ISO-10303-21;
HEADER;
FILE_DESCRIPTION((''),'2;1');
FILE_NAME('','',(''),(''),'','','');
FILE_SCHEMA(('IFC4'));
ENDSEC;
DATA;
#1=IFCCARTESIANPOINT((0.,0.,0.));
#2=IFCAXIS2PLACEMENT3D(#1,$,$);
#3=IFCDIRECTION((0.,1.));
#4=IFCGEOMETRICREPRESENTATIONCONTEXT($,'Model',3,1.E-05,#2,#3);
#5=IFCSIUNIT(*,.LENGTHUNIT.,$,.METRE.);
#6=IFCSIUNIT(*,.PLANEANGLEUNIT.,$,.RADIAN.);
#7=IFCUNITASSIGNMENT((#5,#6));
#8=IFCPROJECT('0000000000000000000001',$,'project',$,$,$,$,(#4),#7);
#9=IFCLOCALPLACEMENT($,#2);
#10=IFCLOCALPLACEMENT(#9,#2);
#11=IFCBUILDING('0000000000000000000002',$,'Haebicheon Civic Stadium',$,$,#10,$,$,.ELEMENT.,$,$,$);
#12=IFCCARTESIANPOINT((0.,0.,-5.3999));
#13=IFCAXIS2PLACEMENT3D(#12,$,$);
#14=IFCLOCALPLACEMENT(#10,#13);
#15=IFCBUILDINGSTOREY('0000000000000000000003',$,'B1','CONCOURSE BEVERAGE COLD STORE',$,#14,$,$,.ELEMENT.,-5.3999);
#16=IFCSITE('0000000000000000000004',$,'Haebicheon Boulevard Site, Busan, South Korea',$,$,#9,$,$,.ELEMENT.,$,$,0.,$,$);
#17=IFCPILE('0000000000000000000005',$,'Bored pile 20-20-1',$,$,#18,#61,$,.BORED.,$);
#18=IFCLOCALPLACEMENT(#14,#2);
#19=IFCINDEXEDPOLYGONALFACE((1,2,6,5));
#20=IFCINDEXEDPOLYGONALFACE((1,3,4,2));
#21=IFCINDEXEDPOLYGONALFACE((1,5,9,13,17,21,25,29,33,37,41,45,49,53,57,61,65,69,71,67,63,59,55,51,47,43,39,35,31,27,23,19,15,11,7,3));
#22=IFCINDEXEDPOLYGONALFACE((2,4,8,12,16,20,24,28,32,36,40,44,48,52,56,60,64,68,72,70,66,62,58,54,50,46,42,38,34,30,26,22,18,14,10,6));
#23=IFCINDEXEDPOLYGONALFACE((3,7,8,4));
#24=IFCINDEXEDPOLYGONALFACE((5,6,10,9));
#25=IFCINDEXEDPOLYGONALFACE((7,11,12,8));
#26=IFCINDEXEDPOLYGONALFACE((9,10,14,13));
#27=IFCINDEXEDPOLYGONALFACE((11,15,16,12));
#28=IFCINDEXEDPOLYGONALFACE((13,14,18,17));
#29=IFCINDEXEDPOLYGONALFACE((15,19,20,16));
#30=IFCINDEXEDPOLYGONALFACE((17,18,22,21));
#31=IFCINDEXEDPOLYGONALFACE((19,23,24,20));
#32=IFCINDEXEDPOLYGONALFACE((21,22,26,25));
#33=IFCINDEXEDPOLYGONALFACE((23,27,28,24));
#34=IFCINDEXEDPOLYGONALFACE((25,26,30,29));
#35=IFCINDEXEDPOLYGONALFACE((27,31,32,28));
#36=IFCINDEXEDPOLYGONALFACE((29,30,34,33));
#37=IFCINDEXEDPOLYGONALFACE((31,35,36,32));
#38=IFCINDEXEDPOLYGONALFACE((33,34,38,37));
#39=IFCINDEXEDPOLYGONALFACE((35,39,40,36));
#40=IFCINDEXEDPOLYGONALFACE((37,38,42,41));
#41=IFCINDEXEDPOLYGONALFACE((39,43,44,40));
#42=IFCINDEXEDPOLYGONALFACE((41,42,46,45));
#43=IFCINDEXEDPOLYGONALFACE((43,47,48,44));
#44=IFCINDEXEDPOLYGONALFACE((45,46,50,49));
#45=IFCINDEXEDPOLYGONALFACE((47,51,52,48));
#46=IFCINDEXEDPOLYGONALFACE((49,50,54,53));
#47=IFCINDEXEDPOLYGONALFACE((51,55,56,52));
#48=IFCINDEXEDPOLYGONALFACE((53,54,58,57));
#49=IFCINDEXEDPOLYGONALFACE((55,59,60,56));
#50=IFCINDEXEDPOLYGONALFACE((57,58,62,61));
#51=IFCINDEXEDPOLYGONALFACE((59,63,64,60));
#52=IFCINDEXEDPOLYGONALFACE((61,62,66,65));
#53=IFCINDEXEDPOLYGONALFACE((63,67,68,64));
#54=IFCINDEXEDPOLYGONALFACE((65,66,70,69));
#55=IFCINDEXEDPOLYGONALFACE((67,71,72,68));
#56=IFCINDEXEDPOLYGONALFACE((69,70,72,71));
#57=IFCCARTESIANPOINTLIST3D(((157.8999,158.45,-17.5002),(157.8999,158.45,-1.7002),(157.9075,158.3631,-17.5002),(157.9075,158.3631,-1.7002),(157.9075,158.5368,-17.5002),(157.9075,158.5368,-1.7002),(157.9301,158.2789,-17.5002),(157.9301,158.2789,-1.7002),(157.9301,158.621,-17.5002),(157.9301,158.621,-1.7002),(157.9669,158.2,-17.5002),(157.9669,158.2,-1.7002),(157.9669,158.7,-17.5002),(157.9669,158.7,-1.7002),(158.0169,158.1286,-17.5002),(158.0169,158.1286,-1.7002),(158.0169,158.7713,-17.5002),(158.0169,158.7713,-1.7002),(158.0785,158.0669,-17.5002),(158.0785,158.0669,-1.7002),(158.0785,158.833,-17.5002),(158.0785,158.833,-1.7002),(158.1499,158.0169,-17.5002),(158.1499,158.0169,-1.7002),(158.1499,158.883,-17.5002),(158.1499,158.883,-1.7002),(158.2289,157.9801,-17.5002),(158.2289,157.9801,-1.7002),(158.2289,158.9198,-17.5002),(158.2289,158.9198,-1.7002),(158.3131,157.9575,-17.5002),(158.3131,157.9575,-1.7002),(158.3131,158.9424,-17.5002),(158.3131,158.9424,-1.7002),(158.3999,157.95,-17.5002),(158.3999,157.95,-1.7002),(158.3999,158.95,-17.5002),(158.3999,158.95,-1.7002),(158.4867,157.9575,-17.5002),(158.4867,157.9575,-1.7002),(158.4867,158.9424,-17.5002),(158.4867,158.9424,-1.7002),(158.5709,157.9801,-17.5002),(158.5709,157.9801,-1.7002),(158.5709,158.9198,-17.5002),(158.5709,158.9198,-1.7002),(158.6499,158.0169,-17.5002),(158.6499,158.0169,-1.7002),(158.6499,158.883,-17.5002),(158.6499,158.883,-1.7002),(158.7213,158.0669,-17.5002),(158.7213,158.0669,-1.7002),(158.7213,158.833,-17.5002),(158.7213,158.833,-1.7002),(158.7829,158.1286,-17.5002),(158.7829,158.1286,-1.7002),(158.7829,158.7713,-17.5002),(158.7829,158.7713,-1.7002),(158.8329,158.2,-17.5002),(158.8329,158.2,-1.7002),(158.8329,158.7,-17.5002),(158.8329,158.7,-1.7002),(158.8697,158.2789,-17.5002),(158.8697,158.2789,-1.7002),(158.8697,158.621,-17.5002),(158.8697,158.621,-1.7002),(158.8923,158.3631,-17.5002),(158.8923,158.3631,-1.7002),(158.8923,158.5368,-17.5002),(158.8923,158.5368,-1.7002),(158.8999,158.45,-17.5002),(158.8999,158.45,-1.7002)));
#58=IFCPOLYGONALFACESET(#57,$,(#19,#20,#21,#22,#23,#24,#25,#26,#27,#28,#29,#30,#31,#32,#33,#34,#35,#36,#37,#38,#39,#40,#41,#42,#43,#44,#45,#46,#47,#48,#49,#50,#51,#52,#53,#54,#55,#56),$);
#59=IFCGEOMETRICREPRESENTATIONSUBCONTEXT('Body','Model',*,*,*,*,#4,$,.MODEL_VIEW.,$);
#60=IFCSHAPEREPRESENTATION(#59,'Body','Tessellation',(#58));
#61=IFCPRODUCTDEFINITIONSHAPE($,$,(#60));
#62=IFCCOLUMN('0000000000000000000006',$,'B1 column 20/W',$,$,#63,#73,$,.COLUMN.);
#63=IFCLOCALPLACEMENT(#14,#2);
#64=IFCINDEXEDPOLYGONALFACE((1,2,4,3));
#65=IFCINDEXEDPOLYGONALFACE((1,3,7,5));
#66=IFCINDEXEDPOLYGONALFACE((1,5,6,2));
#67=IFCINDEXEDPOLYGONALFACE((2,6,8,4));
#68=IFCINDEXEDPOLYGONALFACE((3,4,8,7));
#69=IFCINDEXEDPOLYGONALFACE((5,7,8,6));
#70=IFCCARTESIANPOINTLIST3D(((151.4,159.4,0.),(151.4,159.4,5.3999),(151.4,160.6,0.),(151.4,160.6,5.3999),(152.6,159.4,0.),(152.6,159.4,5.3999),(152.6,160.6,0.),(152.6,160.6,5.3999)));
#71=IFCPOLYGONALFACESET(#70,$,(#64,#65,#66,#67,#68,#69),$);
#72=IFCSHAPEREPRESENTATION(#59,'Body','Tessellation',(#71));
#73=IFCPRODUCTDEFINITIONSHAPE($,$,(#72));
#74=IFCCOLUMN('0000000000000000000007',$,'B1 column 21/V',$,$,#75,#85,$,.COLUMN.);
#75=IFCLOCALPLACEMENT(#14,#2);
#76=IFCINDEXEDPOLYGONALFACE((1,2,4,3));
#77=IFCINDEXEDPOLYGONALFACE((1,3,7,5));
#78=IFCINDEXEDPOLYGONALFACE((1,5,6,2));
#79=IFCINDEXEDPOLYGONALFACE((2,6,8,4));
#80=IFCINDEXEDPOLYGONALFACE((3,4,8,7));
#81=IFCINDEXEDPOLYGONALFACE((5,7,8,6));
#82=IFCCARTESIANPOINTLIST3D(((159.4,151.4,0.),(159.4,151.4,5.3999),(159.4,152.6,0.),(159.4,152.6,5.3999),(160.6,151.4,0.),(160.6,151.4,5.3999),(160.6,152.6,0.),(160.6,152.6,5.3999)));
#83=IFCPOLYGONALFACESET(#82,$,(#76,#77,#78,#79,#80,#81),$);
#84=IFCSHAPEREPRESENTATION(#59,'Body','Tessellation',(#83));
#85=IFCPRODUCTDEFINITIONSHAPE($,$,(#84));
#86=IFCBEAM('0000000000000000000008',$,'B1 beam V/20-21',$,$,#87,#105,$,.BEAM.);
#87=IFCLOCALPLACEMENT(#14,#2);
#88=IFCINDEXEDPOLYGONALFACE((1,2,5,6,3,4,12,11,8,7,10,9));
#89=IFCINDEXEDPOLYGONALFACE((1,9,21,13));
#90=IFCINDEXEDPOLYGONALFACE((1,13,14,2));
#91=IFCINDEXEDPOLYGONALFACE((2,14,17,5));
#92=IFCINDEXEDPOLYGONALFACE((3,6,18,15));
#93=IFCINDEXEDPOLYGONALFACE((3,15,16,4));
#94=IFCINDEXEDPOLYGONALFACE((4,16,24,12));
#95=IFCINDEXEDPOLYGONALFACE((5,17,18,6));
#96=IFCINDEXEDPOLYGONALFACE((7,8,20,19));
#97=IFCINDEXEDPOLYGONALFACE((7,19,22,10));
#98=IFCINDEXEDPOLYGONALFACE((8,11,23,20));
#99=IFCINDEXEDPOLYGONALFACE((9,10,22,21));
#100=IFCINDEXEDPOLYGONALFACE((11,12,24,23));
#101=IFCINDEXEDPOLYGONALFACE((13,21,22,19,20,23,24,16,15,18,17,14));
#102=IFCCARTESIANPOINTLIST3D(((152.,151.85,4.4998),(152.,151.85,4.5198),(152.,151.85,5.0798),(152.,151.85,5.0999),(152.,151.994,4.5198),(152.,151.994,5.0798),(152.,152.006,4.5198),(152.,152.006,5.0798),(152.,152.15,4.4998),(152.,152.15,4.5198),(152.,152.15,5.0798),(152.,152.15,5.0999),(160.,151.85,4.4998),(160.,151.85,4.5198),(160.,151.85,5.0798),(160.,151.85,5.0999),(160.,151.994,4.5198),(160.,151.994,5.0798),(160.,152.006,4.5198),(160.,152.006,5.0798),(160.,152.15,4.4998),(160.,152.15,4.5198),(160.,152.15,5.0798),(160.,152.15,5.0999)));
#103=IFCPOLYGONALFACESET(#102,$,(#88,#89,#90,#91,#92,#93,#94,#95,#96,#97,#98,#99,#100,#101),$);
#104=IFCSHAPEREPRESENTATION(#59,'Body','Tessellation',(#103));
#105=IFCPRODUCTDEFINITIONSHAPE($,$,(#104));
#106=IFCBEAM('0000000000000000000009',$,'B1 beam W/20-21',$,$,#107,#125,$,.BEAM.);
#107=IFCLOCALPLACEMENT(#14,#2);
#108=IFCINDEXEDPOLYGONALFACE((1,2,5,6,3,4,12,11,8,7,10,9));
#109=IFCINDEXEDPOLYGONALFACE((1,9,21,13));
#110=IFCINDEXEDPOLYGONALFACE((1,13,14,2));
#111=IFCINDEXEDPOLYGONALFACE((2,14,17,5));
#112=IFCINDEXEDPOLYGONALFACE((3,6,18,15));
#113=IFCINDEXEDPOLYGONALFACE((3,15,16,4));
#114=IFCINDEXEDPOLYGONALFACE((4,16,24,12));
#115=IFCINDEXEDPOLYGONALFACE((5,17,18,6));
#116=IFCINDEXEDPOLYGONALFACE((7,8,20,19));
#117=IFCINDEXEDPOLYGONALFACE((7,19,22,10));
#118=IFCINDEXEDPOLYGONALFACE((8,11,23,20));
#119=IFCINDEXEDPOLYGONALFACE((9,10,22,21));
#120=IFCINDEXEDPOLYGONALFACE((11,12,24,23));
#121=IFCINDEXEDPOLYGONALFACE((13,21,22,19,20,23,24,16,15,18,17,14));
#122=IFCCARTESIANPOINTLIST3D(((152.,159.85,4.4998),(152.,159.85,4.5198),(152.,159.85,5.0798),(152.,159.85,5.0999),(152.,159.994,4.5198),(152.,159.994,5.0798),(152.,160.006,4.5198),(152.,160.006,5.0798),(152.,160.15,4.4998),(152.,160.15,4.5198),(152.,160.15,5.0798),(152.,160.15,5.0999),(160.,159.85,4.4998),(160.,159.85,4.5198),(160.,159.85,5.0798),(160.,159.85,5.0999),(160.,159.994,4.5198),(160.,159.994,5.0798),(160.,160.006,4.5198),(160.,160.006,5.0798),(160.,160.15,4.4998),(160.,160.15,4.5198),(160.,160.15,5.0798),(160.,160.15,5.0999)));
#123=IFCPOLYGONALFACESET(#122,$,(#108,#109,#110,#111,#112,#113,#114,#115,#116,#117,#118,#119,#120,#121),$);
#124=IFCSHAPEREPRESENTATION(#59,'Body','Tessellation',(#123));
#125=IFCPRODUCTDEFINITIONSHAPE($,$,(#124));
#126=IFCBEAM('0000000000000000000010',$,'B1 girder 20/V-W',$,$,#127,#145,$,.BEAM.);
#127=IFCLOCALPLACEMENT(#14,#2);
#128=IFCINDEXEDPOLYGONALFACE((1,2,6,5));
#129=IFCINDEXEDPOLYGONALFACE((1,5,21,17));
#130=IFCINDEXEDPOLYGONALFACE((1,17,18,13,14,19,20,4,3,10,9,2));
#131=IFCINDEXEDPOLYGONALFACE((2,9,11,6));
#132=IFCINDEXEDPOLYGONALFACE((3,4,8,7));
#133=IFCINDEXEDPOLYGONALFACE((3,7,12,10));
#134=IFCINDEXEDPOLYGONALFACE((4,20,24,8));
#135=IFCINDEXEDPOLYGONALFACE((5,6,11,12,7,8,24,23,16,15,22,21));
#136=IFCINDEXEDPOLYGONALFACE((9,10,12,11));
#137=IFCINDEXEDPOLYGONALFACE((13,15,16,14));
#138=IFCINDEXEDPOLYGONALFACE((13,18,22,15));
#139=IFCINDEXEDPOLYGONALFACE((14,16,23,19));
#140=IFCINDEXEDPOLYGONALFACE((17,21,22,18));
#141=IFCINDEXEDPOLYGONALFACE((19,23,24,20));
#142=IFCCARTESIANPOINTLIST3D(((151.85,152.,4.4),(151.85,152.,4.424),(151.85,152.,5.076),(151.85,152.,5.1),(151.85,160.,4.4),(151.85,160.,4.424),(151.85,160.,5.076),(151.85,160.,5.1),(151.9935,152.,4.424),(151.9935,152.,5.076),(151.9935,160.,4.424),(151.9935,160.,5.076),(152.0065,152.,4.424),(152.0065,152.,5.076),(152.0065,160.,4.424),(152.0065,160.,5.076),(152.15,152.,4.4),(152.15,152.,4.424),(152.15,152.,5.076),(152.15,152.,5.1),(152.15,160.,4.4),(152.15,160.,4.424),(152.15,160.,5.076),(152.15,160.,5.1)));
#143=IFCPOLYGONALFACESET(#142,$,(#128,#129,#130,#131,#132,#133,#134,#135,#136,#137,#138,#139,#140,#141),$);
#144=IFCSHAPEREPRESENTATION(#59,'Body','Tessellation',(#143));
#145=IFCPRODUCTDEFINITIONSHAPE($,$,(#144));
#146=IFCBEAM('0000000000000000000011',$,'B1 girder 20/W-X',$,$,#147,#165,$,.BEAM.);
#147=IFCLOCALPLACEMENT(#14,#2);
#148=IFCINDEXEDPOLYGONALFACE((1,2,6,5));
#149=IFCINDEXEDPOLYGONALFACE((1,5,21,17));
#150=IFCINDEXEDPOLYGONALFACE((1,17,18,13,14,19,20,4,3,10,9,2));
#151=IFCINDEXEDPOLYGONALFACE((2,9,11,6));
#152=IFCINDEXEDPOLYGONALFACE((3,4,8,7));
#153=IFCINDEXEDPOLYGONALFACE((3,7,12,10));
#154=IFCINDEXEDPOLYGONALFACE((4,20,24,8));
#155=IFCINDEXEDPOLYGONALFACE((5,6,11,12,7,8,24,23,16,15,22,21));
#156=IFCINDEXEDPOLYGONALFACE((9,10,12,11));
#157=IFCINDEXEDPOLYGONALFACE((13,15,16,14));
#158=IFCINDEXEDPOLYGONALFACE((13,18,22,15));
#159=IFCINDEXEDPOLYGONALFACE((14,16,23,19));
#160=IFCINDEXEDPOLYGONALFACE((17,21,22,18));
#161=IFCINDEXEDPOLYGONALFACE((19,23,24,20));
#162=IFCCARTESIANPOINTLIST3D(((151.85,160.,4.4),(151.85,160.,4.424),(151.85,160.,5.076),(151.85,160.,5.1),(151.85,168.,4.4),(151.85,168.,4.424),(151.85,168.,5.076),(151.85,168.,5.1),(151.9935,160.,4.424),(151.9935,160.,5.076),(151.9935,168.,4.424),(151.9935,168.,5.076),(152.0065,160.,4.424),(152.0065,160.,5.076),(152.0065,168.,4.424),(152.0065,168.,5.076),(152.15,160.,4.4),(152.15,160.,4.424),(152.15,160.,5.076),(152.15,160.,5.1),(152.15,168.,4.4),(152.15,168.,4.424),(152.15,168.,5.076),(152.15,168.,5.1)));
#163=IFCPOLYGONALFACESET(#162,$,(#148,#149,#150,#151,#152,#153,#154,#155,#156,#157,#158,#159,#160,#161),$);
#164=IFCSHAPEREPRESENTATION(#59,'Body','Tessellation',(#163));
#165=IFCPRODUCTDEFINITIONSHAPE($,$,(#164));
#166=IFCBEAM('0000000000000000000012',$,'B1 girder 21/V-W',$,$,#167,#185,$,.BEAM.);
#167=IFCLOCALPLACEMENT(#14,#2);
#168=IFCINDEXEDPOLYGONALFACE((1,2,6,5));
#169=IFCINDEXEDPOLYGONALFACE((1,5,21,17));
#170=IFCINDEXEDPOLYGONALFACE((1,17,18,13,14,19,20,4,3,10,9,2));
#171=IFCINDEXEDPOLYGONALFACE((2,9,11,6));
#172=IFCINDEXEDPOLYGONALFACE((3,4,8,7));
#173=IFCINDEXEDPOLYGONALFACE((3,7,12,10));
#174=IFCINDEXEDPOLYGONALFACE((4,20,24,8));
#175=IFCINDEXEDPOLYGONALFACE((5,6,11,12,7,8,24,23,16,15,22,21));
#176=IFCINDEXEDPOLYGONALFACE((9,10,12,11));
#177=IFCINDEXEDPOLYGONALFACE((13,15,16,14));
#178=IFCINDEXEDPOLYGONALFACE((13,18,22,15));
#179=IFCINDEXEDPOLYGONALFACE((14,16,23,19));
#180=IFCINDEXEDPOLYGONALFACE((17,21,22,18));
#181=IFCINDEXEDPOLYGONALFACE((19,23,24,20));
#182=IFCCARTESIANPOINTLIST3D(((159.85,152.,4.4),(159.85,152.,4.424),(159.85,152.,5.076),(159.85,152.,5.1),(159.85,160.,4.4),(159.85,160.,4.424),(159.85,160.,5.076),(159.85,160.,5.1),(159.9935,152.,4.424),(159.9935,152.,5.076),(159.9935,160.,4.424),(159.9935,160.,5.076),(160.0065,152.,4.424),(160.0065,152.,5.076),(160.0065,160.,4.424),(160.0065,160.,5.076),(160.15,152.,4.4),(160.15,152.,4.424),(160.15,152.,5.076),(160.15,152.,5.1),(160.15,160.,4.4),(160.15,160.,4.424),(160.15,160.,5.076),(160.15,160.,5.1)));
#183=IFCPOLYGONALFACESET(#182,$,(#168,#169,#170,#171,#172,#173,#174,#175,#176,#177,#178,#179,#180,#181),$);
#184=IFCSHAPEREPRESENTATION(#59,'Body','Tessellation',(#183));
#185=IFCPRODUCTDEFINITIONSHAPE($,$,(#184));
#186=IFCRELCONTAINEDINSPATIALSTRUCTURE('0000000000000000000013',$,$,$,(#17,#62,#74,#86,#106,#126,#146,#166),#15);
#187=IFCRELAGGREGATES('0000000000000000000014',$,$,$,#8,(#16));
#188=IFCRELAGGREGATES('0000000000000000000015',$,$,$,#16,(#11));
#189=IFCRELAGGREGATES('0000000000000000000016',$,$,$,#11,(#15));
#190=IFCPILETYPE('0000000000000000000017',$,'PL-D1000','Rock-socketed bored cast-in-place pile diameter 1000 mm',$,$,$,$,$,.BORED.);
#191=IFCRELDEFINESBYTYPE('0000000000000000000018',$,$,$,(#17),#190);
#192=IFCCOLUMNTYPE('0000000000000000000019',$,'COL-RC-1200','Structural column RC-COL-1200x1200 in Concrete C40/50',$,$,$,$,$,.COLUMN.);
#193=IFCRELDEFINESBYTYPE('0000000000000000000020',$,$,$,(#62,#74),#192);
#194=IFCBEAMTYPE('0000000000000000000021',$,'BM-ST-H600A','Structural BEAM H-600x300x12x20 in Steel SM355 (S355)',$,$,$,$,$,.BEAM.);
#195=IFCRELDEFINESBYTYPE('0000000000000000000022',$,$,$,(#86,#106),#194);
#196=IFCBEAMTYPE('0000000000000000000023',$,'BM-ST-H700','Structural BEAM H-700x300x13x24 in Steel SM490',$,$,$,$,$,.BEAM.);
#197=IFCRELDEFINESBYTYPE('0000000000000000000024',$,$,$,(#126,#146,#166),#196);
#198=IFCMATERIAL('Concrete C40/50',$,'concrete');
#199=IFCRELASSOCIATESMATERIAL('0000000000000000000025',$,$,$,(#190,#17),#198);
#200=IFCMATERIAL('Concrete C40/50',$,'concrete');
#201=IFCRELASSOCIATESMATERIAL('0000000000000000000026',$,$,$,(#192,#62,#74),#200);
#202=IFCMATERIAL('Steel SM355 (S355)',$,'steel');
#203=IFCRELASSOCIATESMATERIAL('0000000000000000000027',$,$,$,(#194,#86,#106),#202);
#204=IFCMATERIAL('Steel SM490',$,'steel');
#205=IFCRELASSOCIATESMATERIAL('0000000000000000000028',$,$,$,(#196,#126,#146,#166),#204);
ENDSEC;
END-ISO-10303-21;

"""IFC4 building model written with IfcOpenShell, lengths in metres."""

from ifc_helpers import new_model, si_unit, direction, frame, origin, origin_2d, place, context, subcontext, project, spatial, rectangle, circle, i_section, extrude, material, material_profile, profile_set, type_object, element, save


model = new_model("IFC4")

# Units and contexts
model_context = context("Model", 3, precision=1e-05, world=origin(), true_north=direction((0.0, 1.0)))
body_context = subcontext(model_context, "Body", "Model", "MODEL_VIEW")
ifc_project = project(units=[si_unit("LENGTHUNIT", "METRE"), si_unit("PLANEANGLEUNIT", "RADIAN")], contexts=[model_context])

# Site, building, storey
site_placement = place(None, origin())
site = spatial("IfcSite", under=ifc_project, at=site_placement, Name="Haebicheon Boulevard Site, Busan, South Korea", CompositionType="ELEMENT", RefElevation=0.0)
building_placement = place(site_placement, origin())
building = spatial("IfcBuilding", under=site, at=building_placement, Name="Haebicheon Civic Stadium", CompositionType="ELEMENT")
storey_placement = place(building_placement, frame((0.0, 0.0, -5.3999)))
storey = spatial("IfcBuildingStorey", under=building, at=storey_placement, Name="B1", Description="CONCOURSE BEVERAGE COLD STORE", CompositionType="ELEMENT", Elevation=-5.3999)

# Pile
ifc_material_1 = material(Name="Concrete C40/50", Category="concrete")
ifc_material_profile_1 = material_profile(ifc_material_1, circle(Radius=0.5, at=origin_2d()), Name="PILE-D1000")
ifc_profile_set_1 = profile_set([ifc_material_profile_1], Name="Concrete C40/50")
pile_type = type_object("IfcPileType", Name="PL-D1000", Description="Rock-socketed bored cast-in-place pile diameter 1000 mm", PredefinedType="BORED", material=ifc_profile_set_1)
for number, where, z_axis, x_axis, name in (
    (1, (158.3999, 158.45, -1.7002), (0.0, 0.0, -1.0), (1.0, 0.0, 0.0), "Bored pile 20-20-1"),
):
    element("IfcPile", number, at=place(storey_placement, frame(where, z_axis=z_axis, x_axis=x_axis)), inside=storey, type_object=pile_type, material=ifc_profile_set_1, Name=name, PredefinedType="BORED", context=body_context, shape_type="SweptSolid", body=[
        extrude(circle(Radius=0.5, at=origin_2d()), origin(), (0.0, 0.0, 1.0), 15.8),
    ])

# Columns
ifc_material_2 = material(Name="Concrete C40/50", Category="concrete")
ifc_material_profile_2 = material_profile(ifc_material_2, rectangle(XDim=1.2, YDim=1.2, at=origin_2d()), Name="RC-COL-1200x1200")
ifc_profile_set_2 = profile_set([ifc_material_profile_2], Name="Concrete C40/50")
column_type = type_object("IfcColumnType", Name="COL-RC-1200", Description="Structural column RC-COL-1200x1200 in Concrete C40/50", PredefinedType="COLUMN", material=ifc_profile_set_2)
for number, where, z_axis, x_axis, name in (
    (2, (152.0, 160.0, 0.0), (0.0, 0.0, 1.0), (1.0, 0.0, 0.0), "B1 column 20/W"),
    (3, (160.0, 152.0, 0.0), (0.0, 0.0, 1.0), (1.0, 0.0, 0.0), "B1 column 21/V"),
):
    element("IfcColumn", number, at=place(storey_placement, frame(where, z_axis=z_axis, x_axis=x_axis)), inside=storey, type_object=column_type, material=ifc_profile_set_2, Name=name, PredefinedType="COLUMN", context=body_context, shape_type="SweptSolid", body=[
        extrude(rectangle(XDim=1.2, YDim=1.2, at=origin_2d()), origin(), (0.0, 0.0, 1.0), 5.3999),
    ])

# Beams
ifc_material_3 = material(Name="Steel SM355 (S355)", Category="steel")
ifc_material_profile_3 = material_profile(ifc_material_3, i_section(OverallWidth=0.3, OverallDepth=0.6001, WebThickness=0.012, FlangeThickness=0.02, at=origin_2d()), Name="H-600x300x12x20")
ifc_profile_set_3 = profile_set([ifc_material_profile_3], Name="Steel SM355 (S355)")
beam_type_1 = type_object("IfcBeamType", Name="BM-ST-H600A", Description="Structural BEAM H-600x300x12x20 in Steel SM355 (S355)", PredefinedType="BEAM", material=ifc_profile_set_3)
for number, where, z_axis, x_axis, name in (
    (4, (152.0, 152.0, 4.7998), (1.0, 0.0, 0.0), (0.0, 1.0, 0.0), "B1 beam V/20-21"),
    (5, (152.0, 160.0, 4.7998), (1.0, 0.0, 0.0), (0.0, 1.0, 0.0), "B1 beam W/20-21"),
):
    element("IfcBeam", number, at=place(storey_placement, frame(where, z_axis=z_axis, x_axis=x_axis)), inside=storey, type_object=beam_type_1, material=ifc_profile_set_3, Name=name, PredefinedType="BEAM", context=body_context, shape_type="SweptSolid", body=[
        extrude(i_section(OverallWidth=0.3, OverallDepth=0.6001, WebThickness=0.012, FlangeThickness=0.02, at=origin_2d()), origin(), (0.0, 0.0, 1.0), 8.0),
    ])
ifc_material_4 = material(Name="Steel SM490", Category="steel")
ifc_material_profile_4 = material_profile(ifc_material_4, i_section(OverallWidth=0.3, OverallDepth=0.7, WebThickness=0.0129, FlangeThickness=0.0239, at=origin_2d()), Name="H-700x300x13x24")
ifc_profile_set_4 = profile_set([ifc_material_profile_4], Name="Steel SM490")
beam_type_2 = type_object("IfcBeamType", Name="BM-ST-H700", Description="Structural BEAM H-700x300x13x24 in Steel SM490", PredefinedType="BEAM", material=ifc_profile_set_4)
for number, where, z_axis, x_axis, name in (
    (6, (152.0, 152.0, 4.75), (0.0, 1.0, 0.0), (-1.0, 0.0, 0.0), "B1 girder 20/V-W"),
    (7, (152.0, 160.0, 4.75), (0.0, 1.0, 0.0), (-1.0, 0.0, 0.0), "B1 girder 20/W-X"),
    (8, (160.0, 152.0, 4.75), (0.0, 1.0, 0.0), (-1.0, 0.0, 0.0), "B1 girder 21/V-W"),
):
    element("IfcBeam", number, at=place(storey_placement, frame(where, z_axis=z_axis, x_axis=x_axis)), inside=storey, type_object=beam_type_2, material=ifc_profile_set_4, Name=name, PredefinedType="BEAM", context=body_context, shape_type="SweptSolid", body=[
        extrude(i_section(OverallWidth=0.3, OverallDepth=0.7, WebThickness=0.0129, FlangeThickness=0.0239, at=origin_2d()), origin(), (0.0, 0.0, 1.0), 8.0),
    ])

save(model, "model.ifc")
